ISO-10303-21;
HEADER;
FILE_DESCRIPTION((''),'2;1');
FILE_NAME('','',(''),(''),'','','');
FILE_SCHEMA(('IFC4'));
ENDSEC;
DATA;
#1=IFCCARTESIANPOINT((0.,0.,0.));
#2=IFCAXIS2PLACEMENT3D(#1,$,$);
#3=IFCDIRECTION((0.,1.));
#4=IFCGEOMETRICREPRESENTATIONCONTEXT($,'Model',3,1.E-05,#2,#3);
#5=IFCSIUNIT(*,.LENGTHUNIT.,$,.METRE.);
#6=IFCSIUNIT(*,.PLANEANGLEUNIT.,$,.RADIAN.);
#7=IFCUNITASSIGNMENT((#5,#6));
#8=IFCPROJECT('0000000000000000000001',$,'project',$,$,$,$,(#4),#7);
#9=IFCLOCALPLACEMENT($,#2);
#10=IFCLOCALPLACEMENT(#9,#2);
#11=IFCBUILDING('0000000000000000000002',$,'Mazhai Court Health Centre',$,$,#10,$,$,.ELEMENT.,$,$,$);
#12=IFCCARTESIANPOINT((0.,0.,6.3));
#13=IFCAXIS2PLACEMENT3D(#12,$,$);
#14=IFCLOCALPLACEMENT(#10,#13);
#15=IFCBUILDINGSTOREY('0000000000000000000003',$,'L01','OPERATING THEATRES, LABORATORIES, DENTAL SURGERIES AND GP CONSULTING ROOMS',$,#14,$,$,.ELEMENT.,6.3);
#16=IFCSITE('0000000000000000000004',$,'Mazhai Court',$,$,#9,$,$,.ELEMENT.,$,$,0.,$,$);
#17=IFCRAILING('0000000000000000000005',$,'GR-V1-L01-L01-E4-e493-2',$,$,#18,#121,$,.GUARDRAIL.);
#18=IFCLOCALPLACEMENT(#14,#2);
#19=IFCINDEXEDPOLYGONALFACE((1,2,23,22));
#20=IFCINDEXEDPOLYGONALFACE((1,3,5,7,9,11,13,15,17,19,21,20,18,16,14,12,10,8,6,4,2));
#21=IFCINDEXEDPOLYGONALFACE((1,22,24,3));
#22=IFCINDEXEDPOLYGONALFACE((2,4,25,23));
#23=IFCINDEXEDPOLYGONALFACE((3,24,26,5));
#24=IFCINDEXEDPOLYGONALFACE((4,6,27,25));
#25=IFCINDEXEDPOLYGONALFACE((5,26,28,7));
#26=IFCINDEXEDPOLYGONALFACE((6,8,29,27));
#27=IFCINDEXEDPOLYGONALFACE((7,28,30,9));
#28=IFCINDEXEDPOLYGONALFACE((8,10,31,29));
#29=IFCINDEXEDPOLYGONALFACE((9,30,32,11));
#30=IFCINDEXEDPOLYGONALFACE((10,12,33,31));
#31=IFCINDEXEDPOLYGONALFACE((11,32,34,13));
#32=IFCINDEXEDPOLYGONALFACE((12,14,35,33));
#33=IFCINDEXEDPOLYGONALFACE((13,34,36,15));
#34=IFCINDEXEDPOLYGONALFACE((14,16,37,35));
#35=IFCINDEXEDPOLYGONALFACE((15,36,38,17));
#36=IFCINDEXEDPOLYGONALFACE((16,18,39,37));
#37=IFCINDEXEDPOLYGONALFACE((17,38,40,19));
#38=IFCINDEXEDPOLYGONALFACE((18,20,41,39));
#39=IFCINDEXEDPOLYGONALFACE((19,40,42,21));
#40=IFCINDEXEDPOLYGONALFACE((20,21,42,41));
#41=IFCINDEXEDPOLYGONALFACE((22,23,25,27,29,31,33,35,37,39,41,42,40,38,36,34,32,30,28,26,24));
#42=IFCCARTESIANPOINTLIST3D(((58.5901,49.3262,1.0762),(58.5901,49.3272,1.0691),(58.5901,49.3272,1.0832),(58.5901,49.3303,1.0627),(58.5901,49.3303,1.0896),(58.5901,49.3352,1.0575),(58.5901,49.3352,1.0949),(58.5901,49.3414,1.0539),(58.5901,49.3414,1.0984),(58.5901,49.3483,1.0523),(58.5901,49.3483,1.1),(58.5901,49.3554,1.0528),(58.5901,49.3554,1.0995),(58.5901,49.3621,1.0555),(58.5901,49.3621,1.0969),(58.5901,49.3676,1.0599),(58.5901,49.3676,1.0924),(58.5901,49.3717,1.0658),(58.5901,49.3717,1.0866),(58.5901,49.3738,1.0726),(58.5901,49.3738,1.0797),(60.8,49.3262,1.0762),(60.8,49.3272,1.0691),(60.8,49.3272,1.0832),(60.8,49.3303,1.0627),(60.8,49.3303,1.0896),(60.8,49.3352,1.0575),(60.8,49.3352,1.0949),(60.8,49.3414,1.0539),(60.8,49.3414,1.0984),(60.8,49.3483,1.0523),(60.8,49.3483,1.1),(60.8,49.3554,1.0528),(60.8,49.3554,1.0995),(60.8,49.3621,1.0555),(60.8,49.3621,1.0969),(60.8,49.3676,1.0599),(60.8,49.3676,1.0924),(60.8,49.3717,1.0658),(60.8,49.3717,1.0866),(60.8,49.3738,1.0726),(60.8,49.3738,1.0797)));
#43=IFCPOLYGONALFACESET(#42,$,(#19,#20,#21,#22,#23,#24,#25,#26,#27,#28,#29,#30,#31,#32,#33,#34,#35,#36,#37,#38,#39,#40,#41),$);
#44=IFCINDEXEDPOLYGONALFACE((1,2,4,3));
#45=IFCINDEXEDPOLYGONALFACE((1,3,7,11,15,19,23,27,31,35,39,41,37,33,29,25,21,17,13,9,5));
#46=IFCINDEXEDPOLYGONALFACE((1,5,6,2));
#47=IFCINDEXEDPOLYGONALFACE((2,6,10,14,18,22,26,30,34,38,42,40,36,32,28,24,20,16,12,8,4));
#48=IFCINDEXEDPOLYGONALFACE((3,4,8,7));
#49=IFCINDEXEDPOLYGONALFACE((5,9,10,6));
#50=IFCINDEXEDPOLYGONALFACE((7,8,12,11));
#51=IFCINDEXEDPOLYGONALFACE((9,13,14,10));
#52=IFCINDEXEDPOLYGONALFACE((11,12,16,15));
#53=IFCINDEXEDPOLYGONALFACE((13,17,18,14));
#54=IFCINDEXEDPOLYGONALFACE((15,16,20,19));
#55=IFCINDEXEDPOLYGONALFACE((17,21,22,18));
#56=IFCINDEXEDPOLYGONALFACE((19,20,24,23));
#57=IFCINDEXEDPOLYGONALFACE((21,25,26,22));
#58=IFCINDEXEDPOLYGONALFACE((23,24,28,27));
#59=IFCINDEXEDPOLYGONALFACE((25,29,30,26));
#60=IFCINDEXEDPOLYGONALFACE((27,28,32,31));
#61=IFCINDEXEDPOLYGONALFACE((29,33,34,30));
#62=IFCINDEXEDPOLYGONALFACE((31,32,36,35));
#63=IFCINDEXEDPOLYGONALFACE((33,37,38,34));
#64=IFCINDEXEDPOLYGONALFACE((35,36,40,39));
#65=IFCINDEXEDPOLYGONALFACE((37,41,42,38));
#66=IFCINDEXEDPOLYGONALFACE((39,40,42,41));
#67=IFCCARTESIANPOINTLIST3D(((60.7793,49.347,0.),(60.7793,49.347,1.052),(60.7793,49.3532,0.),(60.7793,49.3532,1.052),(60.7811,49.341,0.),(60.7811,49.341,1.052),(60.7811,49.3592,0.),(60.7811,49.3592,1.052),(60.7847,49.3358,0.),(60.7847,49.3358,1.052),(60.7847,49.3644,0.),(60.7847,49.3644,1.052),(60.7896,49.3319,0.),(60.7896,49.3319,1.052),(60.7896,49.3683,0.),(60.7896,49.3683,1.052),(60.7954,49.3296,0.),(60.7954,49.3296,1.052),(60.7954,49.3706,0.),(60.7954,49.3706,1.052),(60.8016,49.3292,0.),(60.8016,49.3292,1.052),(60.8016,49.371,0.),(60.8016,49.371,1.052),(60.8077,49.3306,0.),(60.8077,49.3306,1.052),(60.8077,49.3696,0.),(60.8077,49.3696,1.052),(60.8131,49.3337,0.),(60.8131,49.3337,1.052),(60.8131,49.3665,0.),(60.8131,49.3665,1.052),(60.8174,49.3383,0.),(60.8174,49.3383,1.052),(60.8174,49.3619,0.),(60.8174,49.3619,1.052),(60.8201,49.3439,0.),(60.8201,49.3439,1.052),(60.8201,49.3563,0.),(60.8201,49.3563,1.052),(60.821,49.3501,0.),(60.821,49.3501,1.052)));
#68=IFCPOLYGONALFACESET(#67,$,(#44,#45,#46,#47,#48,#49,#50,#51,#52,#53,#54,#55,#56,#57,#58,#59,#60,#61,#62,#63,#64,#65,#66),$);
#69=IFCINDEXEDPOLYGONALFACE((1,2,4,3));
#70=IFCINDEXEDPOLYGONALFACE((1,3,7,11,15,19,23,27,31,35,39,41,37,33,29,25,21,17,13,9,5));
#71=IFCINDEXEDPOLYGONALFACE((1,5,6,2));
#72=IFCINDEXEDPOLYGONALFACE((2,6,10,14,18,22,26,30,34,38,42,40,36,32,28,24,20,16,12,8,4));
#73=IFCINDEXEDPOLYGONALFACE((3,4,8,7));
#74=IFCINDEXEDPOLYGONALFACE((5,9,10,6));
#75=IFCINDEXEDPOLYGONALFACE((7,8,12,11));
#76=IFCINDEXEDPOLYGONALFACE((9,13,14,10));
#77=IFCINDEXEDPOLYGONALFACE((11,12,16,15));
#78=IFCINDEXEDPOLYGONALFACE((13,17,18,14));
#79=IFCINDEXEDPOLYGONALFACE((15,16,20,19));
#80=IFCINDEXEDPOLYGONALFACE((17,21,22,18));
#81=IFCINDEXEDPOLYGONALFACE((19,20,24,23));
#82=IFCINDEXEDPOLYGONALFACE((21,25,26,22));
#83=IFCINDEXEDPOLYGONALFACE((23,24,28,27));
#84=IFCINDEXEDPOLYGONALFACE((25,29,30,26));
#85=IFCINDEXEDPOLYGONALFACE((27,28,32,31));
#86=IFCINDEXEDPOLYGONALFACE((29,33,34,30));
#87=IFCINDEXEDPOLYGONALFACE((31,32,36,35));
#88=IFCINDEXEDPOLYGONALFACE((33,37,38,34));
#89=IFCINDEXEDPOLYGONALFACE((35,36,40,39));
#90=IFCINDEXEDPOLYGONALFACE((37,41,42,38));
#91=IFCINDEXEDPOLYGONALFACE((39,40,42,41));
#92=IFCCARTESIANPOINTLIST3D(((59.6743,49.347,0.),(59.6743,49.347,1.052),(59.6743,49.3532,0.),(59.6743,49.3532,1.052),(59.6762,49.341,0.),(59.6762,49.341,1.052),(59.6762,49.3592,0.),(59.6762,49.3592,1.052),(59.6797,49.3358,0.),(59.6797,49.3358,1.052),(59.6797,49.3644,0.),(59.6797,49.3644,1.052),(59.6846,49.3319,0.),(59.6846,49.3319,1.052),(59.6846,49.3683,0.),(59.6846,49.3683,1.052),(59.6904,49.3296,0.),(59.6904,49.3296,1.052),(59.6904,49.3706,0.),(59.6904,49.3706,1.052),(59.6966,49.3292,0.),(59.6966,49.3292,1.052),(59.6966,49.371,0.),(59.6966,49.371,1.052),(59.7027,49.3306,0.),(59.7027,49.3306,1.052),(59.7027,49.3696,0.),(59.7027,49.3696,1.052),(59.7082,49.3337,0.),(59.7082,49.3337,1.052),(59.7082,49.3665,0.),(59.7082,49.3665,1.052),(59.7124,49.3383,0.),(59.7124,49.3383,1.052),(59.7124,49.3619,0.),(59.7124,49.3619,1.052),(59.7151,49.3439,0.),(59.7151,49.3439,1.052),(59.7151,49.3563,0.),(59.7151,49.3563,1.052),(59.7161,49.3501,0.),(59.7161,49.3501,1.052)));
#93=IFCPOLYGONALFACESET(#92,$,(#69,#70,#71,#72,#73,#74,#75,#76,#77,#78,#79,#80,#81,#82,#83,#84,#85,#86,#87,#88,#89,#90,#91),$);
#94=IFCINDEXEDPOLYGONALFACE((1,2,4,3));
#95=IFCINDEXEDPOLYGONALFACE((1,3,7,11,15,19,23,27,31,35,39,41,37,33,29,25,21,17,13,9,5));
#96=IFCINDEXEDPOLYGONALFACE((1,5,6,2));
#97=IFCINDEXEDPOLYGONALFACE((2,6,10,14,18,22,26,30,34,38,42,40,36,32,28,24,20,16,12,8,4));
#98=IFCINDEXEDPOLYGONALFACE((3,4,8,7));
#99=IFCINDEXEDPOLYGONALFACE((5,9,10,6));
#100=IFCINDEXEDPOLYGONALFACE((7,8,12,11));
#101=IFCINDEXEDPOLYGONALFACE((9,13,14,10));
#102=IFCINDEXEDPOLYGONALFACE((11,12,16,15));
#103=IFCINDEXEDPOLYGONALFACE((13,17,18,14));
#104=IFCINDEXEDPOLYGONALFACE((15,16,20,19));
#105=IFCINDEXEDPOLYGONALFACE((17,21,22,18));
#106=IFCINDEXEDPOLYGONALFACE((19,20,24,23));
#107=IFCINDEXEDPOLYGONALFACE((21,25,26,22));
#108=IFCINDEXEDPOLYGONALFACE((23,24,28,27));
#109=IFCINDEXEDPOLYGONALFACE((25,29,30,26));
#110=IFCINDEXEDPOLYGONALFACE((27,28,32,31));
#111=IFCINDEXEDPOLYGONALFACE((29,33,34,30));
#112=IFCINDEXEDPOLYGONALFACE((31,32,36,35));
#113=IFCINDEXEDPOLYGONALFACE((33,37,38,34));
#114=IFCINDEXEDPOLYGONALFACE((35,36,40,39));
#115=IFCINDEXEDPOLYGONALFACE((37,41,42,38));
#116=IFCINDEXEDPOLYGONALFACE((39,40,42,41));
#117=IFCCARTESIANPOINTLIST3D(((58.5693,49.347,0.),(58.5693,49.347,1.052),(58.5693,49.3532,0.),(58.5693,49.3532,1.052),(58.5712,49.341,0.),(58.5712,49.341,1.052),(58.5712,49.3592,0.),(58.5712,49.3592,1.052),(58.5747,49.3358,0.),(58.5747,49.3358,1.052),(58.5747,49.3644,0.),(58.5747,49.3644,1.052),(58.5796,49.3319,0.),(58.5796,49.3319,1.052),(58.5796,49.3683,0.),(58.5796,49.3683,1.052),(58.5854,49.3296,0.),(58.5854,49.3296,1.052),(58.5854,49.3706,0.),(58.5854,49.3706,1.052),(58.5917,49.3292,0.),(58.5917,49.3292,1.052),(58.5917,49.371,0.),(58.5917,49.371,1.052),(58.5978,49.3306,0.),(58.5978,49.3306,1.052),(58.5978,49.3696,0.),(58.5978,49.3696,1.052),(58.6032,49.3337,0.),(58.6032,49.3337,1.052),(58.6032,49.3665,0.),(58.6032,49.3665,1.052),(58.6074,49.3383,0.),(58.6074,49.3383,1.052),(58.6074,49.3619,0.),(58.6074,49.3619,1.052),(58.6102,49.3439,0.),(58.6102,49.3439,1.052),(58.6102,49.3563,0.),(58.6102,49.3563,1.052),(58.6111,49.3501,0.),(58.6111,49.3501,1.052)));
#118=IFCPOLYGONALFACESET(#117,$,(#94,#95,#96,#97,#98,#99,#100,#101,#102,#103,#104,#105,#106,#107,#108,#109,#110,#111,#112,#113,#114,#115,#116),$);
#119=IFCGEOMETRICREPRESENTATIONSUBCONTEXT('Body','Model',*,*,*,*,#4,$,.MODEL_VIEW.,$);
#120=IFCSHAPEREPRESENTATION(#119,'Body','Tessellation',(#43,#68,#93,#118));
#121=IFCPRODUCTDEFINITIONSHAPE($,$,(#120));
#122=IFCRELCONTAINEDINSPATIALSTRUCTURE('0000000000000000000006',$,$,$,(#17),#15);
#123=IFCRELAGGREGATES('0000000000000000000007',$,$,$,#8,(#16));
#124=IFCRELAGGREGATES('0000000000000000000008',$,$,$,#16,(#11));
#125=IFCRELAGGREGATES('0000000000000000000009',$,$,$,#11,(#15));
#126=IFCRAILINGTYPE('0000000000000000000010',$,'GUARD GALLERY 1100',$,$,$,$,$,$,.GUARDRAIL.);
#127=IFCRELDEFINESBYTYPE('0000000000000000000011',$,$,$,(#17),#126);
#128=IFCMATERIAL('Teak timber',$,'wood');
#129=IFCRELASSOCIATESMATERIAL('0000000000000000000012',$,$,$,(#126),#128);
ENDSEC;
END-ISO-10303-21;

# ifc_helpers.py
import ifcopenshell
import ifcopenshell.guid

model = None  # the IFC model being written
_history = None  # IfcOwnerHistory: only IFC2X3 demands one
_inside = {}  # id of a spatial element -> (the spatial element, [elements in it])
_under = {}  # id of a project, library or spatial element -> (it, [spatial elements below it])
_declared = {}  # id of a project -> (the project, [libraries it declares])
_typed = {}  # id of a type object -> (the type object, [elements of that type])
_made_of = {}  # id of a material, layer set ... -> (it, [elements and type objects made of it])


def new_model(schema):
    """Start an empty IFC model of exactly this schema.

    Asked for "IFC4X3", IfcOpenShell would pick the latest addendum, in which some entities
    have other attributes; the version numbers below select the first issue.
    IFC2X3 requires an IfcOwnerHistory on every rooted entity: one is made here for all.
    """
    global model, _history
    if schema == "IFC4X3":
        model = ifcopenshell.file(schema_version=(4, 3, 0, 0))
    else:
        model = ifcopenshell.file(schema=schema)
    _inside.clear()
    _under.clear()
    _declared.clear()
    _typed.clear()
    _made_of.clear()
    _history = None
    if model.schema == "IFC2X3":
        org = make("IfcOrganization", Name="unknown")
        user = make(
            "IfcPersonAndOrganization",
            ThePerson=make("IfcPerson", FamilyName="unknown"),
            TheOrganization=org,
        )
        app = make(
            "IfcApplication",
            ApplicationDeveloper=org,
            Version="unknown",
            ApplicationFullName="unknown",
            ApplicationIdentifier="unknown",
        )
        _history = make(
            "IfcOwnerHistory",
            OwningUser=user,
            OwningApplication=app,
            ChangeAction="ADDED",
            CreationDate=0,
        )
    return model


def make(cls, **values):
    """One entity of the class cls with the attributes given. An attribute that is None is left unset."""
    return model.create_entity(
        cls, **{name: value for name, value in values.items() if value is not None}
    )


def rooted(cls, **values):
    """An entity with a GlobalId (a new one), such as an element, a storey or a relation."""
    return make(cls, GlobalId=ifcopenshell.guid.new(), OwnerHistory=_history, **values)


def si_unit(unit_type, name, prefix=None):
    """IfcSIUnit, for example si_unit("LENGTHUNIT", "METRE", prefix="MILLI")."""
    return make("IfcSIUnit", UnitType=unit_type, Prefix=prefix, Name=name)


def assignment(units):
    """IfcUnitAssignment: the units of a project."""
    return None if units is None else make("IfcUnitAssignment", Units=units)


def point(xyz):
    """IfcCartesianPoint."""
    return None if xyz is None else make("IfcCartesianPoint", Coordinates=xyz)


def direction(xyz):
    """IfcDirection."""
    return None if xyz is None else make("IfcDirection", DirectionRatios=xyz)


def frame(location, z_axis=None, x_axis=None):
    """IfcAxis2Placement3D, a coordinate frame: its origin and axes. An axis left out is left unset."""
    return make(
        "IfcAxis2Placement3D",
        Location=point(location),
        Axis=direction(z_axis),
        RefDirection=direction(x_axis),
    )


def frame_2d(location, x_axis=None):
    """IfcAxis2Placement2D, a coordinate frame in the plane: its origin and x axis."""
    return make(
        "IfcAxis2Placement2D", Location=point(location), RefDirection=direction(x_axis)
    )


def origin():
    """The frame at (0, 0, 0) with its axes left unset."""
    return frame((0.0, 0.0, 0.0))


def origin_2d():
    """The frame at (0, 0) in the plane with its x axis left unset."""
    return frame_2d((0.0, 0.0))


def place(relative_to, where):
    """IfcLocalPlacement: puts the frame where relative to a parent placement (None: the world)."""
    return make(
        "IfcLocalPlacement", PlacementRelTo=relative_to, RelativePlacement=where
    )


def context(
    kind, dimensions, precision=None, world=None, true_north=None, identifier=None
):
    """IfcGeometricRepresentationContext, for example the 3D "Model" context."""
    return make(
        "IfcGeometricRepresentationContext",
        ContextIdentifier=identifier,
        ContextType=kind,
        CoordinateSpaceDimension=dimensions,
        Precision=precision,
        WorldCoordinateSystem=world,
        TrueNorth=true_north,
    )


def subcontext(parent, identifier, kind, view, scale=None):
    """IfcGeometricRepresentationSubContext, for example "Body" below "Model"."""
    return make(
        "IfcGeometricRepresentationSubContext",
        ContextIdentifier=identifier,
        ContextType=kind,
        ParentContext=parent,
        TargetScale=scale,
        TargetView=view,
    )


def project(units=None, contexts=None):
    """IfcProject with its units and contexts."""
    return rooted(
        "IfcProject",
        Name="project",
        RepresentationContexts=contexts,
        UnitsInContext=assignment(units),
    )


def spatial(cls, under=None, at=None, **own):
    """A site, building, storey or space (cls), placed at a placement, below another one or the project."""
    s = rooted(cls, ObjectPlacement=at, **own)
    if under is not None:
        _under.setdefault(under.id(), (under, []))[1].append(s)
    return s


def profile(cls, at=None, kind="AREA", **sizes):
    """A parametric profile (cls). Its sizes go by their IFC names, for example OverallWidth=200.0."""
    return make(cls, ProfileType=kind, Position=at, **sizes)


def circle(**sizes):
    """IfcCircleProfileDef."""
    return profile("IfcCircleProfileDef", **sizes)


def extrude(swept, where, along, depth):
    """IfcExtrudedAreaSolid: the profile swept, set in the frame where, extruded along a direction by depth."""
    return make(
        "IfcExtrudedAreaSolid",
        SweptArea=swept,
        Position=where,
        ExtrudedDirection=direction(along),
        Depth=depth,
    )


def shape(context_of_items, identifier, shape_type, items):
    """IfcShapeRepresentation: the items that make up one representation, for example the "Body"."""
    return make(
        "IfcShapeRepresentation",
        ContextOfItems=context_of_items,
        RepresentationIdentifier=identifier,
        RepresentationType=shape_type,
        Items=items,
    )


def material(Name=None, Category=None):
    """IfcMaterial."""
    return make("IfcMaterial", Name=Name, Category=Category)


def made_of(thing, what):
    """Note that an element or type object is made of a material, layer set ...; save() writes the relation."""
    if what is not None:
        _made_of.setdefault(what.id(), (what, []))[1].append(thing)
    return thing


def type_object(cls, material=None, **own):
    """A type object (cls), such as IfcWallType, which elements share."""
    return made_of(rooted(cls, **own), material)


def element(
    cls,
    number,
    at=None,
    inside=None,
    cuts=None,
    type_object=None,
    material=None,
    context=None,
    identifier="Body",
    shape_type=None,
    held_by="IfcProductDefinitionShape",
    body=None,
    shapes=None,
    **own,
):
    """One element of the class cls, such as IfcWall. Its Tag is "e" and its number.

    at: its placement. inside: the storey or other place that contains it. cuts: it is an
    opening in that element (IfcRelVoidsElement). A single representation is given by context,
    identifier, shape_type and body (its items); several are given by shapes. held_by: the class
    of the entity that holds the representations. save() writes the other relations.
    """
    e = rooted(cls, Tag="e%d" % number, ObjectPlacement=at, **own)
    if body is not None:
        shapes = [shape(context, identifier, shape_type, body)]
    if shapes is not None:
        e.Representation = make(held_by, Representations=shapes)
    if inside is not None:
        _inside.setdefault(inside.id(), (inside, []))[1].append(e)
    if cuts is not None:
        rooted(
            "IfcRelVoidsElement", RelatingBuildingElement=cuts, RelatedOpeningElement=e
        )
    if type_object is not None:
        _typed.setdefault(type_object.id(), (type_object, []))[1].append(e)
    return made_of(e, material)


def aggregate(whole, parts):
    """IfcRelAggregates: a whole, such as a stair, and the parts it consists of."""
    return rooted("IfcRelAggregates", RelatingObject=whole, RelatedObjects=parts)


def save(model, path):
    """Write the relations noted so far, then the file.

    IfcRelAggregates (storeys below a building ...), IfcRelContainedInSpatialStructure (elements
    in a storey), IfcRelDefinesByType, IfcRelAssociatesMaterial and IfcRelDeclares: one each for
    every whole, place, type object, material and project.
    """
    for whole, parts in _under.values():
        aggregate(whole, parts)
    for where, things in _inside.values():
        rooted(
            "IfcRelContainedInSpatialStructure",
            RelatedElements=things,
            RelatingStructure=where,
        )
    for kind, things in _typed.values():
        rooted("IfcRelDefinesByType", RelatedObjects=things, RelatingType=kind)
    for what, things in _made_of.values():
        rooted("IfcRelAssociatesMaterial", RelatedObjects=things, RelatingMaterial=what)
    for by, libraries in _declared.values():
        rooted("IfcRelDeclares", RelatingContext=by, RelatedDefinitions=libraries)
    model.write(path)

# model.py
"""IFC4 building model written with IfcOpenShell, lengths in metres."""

from ifc_helpers import new_model, si_unit, direction, frame, origin, origin_2d, place, context, subcontext, project, spatial, circle, extrude, material, type_object, element, save


model = new_model("IFC4")

# Units and contexts
model_context = context("Model", 3, precision=1e-05, world=origin(), true_north=direction((0.0, 1.0)))
body_context = subcontext(model_context, "Body", "Model", "MODEL_VIEW")
ifc_project = project(units=[si_unit("LENGTHUNIT", "METRE"), si_unit("PLANEANGLEUNIT", "RADIAN")], contexts=[model_context])

# Site, building, storey
site_placement = place(None, origin())
site = spatial("IfcSite", under=ifc_project, at=site_placement, Name="Mazhai Court", CompositionType="ELEMENT", RefElevation=0.0)
building_placement = place(site_placement, origin())
building = spatial("IfcBuilding", under=site, at=building_placement, Name="Mazhai Court Health Centre", CompositionType="ELEMENT")
storey_placement = place(building_placement, frame((0.0, 0.0, 6.3)))
storey = spatial("IfcBuildingStorey", under=building, at=storey_placement, Name="L01", Description="OPERATING THEATRES, LABORATORIES, DENTAL SURGERIES AND GP CONSULTING ROOMS", CompositionType="ELEMENT", Elevation=6.3)

# Railing
ifc_material_1 = material(Name="Teak timber", Category="wood")
railing_type_1 = type_object("IfcRailingType", Name="GUARD GALLERY 1100", PredefinedType="GUARDRAIL", material=ifc_material_1)
railing_1_placement = place(storey_placement, frame((60.8, 49.3501, 0.0)))
element("IfcRailing", 1, at=railing_1_placement, inside=storey, type_object=railing_type_1, Name="GR-V1-L01-L01-E4-e493-2", PredefinedType="GUARDRAIL", context=body_context, shape_type="SweptSolid", body=[
    extrude(circle(Radius=0.0239, at=origin_2d()), frame((0.0, 0.0, 1.0762), z_axis=(-1.0, 0.0, 0.0), x_axis=(0.0, -1.0, 0.0)), (0.0, 0.0, 1.0), 2.21),
    extrude(circle(Radius=0.021, at=origin_2d()), origin(), (0.0, 0.0, 1.0), 1.052),
    extrude(circle(Radius=0.021, at=origin_2d()), frame((-1.105, 0.0, 0.0)), (0.0, 0.0, 1.0), 1.052),
    extrude(circle(Radius=0.021, at=origin_2d()), frame((-2.21, 0.0, 0.0)), (0.0, 0.0, 1.0), 1.052),
])

save(model, "model.ifc")
